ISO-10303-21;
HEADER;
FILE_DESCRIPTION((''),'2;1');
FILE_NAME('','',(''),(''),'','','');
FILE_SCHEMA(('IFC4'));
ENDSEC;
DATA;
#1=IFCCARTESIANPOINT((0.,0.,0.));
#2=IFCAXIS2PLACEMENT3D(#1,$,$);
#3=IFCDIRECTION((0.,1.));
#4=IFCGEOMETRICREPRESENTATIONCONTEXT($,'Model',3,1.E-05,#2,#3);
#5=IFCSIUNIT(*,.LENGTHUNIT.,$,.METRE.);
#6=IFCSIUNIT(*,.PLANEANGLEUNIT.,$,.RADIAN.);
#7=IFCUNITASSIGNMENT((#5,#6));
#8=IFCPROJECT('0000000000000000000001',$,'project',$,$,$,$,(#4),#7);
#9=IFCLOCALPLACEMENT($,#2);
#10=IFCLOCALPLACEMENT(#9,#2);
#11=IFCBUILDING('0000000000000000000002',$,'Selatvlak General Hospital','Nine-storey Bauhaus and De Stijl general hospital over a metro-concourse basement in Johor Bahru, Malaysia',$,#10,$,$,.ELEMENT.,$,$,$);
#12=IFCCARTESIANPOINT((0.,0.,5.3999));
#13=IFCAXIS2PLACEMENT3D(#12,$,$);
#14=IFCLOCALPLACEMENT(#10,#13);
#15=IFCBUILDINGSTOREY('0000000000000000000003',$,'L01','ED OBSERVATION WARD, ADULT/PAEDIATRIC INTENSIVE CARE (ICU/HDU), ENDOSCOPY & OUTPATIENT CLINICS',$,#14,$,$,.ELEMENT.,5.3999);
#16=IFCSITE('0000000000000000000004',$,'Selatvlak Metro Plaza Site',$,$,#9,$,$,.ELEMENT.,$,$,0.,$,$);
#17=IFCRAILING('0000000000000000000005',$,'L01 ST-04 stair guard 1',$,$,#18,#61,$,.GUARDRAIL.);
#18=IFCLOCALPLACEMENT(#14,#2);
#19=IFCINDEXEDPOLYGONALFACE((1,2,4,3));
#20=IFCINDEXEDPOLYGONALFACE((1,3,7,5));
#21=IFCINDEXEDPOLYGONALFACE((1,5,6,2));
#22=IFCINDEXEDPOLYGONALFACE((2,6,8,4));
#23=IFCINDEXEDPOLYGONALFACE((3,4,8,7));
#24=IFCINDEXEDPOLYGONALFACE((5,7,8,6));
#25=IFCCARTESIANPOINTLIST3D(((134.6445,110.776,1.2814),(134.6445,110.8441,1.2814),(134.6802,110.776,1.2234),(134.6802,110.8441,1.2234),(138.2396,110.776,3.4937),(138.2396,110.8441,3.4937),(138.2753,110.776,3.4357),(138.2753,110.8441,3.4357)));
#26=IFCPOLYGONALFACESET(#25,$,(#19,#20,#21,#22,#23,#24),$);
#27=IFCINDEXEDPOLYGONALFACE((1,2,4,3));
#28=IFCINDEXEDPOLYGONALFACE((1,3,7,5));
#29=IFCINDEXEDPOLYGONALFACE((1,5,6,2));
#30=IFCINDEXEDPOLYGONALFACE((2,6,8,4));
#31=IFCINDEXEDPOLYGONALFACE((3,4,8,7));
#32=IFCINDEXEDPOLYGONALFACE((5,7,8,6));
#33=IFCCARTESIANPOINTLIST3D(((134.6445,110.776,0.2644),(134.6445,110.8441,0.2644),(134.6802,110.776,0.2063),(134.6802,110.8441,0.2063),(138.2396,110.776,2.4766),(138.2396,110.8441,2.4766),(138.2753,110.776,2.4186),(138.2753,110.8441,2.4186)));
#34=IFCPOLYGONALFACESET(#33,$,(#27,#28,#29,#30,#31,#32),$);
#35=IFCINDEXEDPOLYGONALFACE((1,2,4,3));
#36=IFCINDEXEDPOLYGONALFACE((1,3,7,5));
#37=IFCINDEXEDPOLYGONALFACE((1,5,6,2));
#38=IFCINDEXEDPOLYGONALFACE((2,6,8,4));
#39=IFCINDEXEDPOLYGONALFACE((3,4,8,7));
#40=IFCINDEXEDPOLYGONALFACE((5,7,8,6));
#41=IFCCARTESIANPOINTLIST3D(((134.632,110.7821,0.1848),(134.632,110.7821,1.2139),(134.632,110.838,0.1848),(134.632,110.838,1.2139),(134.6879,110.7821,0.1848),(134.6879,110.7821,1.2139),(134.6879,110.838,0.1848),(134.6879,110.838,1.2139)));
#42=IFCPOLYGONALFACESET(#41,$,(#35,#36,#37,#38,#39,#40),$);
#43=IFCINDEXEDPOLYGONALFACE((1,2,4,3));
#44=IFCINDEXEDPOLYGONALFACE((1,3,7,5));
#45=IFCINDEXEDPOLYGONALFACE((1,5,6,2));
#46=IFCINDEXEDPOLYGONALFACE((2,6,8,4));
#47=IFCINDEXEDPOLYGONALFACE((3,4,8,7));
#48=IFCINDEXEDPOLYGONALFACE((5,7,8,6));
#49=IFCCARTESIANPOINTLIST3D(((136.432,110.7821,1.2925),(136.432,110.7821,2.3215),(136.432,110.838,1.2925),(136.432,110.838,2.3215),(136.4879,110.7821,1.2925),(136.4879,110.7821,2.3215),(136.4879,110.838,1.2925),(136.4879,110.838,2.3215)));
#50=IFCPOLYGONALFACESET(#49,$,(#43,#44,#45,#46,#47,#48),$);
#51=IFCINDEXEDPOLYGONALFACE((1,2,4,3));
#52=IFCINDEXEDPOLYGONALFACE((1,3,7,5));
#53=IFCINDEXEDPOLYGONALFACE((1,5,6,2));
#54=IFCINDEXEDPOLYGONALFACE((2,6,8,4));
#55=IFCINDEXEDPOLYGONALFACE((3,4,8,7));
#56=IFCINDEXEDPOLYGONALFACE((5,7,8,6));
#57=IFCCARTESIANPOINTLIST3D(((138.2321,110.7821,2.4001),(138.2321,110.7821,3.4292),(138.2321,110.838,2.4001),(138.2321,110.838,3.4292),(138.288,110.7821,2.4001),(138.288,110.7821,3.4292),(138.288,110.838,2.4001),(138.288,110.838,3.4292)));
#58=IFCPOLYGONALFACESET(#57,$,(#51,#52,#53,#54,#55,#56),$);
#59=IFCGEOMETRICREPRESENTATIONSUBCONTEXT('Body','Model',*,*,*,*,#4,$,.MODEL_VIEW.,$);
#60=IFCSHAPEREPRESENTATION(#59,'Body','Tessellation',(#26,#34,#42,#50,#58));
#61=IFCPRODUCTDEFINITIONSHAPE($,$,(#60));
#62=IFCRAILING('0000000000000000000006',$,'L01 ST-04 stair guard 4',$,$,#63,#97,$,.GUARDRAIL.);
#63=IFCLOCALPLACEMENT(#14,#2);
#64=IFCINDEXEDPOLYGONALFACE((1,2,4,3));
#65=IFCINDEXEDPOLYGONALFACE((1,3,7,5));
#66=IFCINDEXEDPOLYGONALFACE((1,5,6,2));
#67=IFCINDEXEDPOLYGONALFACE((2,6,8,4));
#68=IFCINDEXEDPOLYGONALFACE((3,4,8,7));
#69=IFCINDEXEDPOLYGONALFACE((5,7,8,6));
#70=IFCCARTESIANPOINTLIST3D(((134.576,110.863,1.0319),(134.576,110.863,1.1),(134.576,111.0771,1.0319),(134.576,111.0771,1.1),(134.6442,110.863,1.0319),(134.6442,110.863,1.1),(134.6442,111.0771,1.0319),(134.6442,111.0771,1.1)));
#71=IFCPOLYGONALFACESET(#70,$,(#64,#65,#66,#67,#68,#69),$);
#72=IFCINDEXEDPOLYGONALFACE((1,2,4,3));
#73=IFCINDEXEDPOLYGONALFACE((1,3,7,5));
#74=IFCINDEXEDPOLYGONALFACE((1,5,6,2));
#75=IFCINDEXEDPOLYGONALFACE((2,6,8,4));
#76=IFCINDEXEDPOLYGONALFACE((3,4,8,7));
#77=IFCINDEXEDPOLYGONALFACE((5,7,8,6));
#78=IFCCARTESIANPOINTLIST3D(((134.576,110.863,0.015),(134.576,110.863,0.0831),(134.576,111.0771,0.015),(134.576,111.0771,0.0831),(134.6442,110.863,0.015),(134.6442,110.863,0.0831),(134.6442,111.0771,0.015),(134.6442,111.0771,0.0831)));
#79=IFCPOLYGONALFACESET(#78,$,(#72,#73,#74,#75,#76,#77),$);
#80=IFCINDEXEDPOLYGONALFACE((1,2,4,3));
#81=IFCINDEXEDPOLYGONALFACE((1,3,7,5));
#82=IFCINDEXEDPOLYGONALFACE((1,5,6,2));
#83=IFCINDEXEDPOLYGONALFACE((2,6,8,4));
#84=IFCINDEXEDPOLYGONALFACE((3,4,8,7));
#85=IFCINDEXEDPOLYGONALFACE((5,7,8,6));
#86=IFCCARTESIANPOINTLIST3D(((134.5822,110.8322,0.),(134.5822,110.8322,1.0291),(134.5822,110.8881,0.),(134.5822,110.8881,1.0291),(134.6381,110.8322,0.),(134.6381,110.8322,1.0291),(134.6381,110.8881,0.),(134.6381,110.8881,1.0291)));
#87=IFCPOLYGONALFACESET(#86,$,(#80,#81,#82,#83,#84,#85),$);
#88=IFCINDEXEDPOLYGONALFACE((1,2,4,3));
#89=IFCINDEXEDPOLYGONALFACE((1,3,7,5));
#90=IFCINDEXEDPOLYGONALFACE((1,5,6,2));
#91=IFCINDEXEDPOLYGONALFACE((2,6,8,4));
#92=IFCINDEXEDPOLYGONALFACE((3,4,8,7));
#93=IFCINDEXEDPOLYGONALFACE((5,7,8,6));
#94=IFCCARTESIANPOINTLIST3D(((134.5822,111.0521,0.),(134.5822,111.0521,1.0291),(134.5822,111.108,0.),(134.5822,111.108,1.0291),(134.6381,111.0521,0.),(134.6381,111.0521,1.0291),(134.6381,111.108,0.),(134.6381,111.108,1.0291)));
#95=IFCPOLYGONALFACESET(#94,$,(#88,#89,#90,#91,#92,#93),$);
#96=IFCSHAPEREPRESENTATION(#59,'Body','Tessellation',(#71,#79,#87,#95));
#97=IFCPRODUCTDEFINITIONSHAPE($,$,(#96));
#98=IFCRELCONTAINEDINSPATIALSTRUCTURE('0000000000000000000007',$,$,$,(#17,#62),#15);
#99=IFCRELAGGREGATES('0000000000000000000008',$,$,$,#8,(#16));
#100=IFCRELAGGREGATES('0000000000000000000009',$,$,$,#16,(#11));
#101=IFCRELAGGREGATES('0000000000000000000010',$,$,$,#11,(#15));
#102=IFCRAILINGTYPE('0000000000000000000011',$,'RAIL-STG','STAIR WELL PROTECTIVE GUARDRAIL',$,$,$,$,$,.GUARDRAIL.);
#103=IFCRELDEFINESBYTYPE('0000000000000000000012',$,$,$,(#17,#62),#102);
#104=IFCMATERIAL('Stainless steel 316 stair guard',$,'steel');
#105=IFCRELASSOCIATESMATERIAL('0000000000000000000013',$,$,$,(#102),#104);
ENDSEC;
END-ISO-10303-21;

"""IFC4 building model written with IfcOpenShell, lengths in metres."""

from ifc_helpers import new_model, si_unit, direction, frame, origin, origin_2d, place, context, subcontext, project, spatial, rectangle, extrude, material, type_object, element, save


model = new_model("IFC4")

# Units and contexts
model_context = context("Model", 3, precision=1e-05, world=origin(), true_north=direction((0.0, 1.0)))
body_context = subcontext(model_context, "Body", "Model", "MODEL_VIEW")
ifc_project = project(units=[si_unit("LENGTHUNIT", "METRE"), si_unit("PLANEANGLEUNIT", "RADIAN")], contexts=[model_context])

# Site, building, storey
site_placement = place(None, origin())
site = spatial("IfcSite", under=ifc_project, at=site_placement, Name="Selatvlak Metro Plaza Site", CompositionType="ELEMENT", RefElevation=0.0)
building_placement = place(site_placement, origin())
building = spatial("IfcBuilding", under=site, at=building_placement, Name="Selatvlak General Hospital", Description="Nine-storey Bauhaus and De Stijl general hospital over a metro-concourse basement in Johor Bahru, Malaysia", CompositionType="ELEMENT")
storey_placement = place(building_placement, frame((0.0, 0.0, 5.3999)))
storey = spatial("IfcBuildingStorey", under=building, at=storey_placement, Name="L01", Description="ED OBSERVATION WARD, ADULT/PAEDIATRIC INTENSIVE CARE (ICU/HDU), ENDOSCOPY & OUTPATIENT CLINICS", CompositionType="ELEMENT", Elevation=5.3999)

# Railings
ifc_material_1 = material(Name="Stainless steel 316 stair guard", Category="steel")
railing_type_1 = type_object("IfcRailingType", Name="RAIL-STG", Description="STAIR WELL PROTECTIVE GUARDRAIL", PredefinedType="GUARDRAIL", material=ifc_material_1)
railing_1_placement = place(storey_placement, frame((134.6599, 110.8101, 0.1848)))
element("IfcRailing", 1, at=railing_1_placement, inside=storey, type_object=railing_type_1, Name="L01 ST-04 stair guard 1", PredefinedType="GUARDRAIL", context=body_context, shape_type="SweptSolid", body=[
    extrude(rectangle(XDim=0.0681, YDim=0.0681, at=origin_2d()), frame((0.0024, 0.0, 1.0676), z_axis=(0.85167, 0.0, 0.524078), x_axis=(0.0, 1.0, 0.0)), (0.0, 0.0, 1.0), 4.2212),
    extrude(rectangle(XDim=0.0681, YDim=0.0681, at=origin_2d()), frame((0.0024, 0.0, 0.0505), z_axis=(0.85167, 0.0, 0.524078), x_axis=(0.0, 1.0, 0.0)), (0.0, 0.0, 1.0), 4.2212),
    extrude(rectangle(XDim=0.0559, YDim=0.0559, at=origin_2d()), origin(), (0.0, 0.0, 1.0), 1.0291),
    extrude(rectangle(XDim=0.0559, YDim=0.0559, at=origin_2d()), frame((1.8, 0.0, 1.1077)), (0.0, 0.0, 1.0), 1.0291),
    extrude(rectangle(XDim=0.0559, YDim=0.0559, at=origin_2d()), frame((3.6001, 0.0, 2.2153)), (0.0, 0.0, 1.0), 1.0291),
])
railing_2_placement = place(storey_placement, frame((134.6101, 110.8601, 0.0)))
element("IfcRailing", 2, at=railing_2_placement, inside=storey, type_object=railing_type_1, Name="L01 ST-04 stair guard 4", PredefinedType="GUARDRAIL", context=body_context, shape_type="SweptSolid", body=[
    extrude(rectangle(XDim=0.0681, YDim=0.0681, at=origin_2d()), frame((0.0, 0.0029, 1.0659), z_axis=(0.0, 1.0, 0.0), x_axis=(-1.0, 0.0, 0.0)), (0.0, 0.0, 1.0), 0.2141),
    extrude(rectangle(XDim=0.0681, YDim=0.0681, at=origin_2d()), frame((0.0, 0.0029, 0.0491), z_axis=(0.0, 1.0, 0.0), x_axis=(-1.0, 0.0, 0.0)), (0.0, 0.0, 1.0), 0.2141),
    extrude(rectangle(XDim=0.0559, YDim=0.0559, at=origin_2d()), origin(), (0.0, 0.0, 1.0), 1.0291),
    extrude(rectangle(XDim=0.0559, YDim=0.0559, at=origin_2d()), frame((0.0, 0.22, 0.0)), (0.0, 0.0, 1.0), 1.0291),
])

save(model, "model.ifc")
